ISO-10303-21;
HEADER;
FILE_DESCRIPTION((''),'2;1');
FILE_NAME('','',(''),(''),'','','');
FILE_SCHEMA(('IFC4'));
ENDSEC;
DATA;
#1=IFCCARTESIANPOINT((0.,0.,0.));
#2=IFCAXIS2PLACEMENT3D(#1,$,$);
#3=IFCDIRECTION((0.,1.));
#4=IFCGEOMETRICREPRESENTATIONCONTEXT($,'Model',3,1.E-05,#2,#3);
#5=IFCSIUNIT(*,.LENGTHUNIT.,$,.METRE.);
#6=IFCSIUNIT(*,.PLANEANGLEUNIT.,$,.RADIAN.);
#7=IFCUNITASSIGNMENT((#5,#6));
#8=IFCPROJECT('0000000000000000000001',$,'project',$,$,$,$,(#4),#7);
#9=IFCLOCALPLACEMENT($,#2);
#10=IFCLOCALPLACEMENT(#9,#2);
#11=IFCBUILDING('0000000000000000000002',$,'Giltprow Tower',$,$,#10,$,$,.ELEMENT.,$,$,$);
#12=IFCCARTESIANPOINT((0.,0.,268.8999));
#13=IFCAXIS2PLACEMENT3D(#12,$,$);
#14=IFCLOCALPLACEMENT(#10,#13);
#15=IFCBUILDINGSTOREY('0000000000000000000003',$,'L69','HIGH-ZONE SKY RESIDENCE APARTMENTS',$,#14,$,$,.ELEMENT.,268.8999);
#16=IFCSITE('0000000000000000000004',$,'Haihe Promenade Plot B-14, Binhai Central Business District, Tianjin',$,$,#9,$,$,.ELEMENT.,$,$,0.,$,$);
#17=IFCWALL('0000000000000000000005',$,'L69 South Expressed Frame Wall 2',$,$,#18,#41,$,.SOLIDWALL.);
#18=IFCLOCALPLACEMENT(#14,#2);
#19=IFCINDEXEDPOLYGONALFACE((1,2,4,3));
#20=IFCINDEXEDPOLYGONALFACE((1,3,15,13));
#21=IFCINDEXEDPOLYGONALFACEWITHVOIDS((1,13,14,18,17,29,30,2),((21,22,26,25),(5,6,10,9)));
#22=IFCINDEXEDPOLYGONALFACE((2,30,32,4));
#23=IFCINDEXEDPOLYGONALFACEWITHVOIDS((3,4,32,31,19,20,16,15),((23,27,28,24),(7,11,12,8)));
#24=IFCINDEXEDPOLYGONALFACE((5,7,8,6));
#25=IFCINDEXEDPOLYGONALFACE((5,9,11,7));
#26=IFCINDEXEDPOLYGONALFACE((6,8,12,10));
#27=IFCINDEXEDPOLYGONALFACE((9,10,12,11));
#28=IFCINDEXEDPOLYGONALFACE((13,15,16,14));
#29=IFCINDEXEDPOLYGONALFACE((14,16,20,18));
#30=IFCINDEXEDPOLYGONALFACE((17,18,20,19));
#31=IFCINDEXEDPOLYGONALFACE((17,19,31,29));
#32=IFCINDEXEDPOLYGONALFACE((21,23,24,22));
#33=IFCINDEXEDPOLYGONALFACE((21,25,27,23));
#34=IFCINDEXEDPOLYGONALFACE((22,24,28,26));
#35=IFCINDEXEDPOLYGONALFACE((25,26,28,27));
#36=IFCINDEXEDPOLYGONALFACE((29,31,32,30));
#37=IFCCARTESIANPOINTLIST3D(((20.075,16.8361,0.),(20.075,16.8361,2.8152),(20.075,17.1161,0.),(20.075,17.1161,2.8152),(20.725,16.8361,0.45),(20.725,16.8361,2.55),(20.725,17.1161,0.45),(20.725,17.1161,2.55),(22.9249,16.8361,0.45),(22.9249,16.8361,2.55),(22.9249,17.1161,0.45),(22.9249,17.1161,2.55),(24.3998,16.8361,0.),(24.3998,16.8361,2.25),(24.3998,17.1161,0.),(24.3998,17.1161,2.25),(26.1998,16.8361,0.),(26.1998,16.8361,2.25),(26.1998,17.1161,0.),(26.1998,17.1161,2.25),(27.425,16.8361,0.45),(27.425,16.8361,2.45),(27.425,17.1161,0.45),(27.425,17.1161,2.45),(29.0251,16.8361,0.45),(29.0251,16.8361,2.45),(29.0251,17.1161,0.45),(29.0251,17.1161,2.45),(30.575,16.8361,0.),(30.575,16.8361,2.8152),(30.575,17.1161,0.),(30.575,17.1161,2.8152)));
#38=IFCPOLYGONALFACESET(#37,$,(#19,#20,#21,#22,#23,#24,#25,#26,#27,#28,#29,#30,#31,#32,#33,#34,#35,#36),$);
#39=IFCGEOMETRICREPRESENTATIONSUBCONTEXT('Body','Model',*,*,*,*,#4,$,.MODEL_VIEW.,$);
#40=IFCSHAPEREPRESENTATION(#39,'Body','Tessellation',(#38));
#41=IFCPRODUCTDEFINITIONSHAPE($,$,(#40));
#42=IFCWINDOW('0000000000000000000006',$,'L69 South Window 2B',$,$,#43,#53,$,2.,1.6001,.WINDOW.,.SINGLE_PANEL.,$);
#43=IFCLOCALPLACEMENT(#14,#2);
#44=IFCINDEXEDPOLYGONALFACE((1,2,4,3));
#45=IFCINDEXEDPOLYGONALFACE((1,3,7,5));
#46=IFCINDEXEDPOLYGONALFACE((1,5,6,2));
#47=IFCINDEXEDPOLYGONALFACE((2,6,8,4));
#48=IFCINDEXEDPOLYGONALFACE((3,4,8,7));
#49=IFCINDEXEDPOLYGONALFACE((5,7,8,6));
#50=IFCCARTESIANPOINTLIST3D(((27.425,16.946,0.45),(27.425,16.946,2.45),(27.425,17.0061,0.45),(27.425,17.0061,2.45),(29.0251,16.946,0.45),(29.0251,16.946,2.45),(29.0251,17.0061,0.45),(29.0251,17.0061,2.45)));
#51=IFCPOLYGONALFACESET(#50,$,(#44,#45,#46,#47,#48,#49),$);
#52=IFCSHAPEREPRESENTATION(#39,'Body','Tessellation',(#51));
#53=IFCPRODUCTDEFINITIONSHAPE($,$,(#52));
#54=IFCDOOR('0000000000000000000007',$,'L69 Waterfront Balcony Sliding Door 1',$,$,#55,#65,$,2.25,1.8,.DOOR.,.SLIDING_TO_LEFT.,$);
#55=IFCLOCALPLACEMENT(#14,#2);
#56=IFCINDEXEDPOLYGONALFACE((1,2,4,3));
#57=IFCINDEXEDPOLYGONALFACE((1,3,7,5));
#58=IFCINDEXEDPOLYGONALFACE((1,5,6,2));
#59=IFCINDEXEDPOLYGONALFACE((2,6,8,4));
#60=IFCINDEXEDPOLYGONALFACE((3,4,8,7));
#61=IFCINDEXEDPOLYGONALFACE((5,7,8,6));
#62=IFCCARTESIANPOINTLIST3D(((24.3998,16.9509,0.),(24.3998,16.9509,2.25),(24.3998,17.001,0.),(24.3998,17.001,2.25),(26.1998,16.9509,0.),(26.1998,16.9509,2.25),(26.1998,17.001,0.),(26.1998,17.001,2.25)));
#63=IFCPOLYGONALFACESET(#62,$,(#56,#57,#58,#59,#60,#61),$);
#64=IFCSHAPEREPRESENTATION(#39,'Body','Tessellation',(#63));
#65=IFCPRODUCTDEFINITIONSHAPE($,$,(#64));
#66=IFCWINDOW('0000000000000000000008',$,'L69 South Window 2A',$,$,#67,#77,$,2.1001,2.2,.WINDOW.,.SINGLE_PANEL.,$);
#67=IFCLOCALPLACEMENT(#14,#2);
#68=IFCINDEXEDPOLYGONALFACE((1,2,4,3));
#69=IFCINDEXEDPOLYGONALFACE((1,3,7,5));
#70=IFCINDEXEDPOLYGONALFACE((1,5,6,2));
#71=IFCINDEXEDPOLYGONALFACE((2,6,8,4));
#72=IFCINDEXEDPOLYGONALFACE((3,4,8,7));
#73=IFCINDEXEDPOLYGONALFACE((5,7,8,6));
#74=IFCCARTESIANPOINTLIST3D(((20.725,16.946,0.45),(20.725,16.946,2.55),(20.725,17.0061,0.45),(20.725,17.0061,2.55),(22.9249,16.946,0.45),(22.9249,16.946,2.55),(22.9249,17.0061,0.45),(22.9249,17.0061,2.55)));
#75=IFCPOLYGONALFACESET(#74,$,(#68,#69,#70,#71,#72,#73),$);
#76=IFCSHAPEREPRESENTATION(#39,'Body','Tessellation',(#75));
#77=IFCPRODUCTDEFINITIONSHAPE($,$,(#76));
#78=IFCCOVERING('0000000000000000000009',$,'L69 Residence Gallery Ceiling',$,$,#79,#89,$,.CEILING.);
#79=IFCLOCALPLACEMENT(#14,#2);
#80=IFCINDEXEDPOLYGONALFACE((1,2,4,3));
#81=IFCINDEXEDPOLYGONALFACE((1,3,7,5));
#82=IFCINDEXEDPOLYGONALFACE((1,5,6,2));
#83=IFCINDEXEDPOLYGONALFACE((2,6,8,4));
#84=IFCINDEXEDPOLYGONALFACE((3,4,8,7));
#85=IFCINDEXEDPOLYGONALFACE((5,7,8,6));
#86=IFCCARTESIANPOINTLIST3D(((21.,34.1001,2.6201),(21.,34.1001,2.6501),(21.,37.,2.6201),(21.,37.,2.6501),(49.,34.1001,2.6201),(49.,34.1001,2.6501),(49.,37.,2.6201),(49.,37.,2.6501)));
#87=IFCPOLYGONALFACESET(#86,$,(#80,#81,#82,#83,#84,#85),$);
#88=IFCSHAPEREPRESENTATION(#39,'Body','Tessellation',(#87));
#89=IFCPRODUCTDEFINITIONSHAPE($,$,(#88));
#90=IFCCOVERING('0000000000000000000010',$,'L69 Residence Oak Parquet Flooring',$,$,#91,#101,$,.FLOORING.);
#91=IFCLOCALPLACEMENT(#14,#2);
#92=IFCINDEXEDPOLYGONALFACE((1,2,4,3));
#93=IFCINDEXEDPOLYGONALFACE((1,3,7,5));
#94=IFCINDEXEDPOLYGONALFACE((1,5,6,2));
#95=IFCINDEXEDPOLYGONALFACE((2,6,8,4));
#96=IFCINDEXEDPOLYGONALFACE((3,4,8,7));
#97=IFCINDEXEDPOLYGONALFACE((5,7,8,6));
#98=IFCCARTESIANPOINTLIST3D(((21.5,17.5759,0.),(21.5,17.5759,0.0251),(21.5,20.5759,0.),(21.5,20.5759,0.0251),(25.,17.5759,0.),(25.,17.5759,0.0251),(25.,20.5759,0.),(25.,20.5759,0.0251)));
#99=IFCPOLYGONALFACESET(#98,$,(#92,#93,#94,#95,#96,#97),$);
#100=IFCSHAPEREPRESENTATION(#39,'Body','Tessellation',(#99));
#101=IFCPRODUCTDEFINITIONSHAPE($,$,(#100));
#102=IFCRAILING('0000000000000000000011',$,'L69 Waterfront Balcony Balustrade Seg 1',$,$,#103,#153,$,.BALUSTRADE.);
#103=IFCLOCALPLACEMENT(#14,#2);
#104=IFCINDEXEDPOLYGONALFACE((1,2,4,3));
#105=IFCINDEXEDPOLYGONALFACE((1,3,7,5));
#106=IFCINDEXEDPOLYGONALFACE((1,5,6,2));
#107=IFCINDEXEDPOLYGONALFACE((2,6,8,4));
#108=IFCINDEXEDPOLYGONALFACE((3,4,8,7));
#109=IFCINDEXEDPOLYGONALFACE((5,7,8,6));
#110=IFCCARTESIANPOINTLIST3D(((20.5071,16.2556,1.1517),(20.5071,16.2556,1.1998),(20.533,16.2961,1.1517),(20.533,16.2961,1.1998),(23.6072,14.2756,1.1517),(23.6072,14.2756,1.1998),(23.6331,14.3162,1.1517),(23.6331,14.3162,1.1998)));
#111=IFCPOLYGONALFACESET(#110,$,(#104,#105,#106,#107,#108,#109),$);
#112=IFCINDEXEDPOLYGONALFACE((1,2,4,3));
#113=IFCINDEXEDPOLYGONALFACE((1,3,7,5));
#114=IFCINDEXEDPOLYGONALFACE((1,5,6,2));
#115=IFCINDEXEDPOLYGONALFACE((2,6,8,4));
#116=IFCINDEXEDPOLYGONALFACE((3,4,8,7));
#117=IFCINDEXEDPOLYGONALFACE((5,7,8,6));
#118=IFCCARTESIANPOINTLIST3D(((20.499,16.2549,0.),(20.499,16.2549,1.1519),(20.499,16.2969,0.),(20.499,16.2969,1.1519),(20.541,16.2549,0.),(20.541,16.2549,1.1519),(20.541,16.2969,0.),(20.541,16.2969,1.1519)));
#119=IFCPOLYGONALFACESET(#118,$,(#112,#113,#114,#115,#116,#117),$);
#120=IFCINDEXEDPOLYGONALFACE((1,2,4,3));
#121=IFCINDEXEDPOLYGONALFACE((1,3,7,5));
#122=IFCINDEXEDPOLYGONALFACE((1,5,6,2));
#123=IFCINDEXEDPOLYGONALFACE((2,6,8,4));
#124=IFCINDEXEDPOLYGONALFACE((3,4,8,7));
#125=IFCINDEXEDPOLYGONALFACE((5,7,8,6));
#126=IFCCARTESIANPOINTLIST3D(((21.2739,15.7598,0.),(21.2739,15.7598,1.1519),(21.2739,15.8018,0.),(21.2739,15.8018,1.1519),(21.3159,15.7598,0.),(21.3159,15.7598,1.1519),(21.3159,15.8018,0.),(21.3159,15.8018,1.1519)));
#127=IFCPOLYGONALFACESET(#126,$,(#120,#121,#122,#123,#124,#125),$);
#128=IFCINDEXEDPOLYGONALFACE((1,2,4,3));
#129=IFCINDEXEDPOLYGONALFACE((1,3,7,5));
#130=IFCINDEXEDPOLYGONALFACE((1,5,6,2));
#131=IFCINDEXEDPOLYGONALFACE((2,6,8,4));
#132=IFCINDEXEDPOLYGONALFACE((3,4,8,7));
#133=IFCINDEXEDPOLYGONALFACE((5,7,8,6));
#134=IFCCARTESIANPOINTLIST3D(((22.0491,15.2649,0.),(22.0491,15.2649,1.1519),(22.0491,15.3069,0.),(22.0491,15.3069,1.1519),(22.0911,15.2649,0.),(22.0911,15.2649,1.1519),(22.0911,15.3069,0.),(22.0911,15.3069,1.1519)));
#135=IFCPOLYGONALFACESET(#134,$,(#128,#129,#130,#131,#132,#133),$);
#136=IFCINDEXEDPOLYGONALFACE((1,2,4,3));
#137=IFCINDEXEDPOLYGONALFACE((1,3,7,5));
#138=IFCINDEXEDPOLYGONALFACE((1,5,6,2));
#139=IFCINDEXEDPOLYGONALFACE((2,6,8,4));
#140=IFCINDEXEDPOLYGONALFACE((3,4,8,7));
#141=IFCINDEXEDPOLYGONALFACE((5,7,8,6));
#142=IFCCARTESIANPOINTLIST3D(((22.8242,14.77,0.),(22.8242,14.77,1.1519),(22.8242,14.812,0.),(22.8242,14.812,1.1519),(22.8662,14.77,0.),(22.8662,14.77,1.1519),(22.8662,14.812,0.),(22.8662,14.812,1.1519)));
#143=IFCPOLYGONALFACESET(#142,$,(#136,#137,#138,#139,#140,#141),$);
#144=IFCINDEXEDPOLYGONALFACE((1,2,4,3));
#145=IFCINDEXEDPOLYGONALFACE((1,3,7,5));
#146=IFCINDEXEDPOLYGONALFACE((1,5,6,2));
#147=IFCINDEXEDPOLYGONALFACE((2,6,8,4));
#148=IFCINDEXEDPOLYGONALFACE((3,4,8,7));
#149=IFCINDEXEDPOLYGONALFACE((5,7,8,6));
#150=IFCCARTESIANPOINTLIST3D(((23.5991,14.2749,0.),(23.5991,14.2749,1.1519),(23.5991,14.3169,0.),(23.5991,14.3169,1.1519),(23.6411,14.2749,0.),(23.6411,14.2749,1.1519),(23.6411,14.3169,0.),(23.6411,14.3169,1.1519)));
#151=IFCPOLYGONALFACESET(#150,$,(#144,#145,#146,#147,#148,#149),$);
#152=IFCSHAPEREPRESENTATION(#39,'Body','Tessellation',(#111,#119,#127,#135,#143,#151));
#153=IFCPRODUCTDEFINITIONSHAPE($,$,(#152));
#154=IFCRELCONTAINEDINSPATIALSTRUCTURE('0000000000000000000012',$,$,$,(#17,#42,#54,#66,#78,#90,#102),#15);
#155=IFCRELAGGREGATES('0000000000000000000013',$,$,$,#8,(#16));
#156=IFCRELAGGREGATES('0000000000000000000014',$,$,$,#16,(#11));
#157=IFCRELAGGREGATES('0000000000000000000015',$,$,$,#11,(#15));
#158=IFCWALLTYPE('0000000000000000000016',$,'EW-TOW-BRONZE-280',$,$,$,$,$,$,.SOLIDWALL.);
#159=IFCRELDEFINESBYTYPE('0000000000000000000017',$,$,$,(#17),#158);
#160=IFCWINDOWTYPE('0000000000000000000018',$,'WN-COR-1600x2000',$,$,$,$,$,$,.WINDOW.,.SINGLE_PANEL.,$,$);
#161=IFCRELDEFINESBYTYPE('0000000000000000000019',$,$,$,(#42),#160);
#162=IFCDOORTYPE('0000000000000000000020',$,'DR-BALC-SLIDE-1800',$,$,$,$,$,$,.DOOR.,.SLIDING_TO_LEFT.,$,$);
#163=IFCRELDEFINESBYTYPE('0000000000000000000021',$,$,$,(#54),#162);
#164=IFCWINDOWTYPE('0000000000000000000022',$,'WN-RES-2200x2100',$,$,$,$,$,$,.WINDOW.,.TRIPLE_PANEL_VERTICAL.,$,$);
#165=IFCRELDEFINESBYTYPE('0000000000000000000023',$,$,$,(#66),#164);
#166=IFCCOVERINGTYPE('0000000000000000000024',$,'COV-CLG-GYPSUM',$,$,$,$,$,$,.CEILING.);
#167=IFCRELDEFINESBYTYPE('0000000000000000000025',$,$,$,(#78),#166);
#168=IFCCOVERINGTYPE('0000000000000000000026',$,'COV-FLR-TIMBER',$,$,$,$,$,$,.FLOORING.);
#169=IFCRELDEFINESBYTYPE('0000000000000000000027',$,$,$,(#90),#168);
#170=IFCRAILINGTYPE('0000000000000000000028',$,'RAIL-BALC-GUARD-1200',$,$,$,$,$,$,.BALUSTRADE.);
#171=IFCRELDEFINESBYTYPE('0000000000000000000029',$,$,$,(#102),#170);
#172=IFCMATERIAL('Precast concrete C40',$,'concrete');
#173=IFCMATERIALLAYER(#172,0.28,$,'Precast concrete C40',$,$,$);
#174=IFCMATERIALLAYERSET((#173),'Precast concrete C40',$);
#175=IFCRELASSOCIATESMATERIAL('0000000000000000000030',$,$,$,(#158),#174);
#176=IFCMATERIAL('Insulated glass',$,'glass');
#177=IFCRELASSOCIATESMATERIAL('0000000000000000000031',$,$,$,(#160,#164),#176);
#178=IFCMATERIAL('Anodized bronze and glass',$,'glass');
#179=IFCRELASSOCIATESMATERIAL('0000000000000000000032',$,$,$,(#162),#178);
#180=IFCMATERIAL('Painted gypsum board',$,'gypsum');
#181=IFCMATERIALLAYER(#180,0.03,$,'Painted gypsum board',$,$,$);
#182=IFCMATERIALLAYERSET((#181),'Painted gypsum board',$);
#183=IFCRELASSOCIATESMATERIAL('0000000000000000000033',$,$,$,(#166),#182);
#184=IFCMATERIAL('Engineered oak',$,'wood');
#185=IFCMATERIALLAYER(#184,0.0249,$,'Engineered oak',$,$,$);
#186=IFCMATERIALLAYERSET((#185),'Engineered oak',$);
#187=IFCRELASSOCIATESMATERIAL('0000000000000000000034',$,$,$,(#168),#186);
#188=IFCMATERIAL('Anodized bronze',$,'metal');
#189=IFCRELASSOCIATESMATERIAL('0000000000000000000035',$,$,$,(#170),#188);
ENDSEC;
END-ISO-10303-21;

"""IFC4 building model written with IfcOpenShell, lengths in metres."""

from ifc_helpers import new_model, si_unit, direction, frame, frame_2d, origin, origin_2d, place, context, subcontext, project, spatial, polyline, rectangle, outline, extrude, source, transform, mapped, material, layer, layer_set, type_object, element, fill, save


model = new_model("IFC4")

# Units and contexts
model_context = context("Model", 3, precision=1e-05, world=origin(), true_north=direction((0.0, 1.0)))
body_context = subcontext(model_context, "Body", "Model", "MODEL_VIEW")
ifc_project = project(units=[si_unit("LENGTHUNIT", "METRE"), si_unit("PLANEANGLEUNIT", "RADIAN")], contexts=[model_context])

# Site, building, storey
site_placement = place(None, origin())
site = spatial("IfcSite", under=ifc_project, at=site_placement, Name="Haihe Promenade Plot B-14, Binhai Central Business District, Tianjin", CompositionType="ELEMENT", RefElevation=0.0)
building_placement = place(site_placement, origin())
building = spatial("IfcBuilding", under=site, at=building_placement, Name="Giltprow Tower", CompositionType="ELEMENT")
storey_placement = place(building_placement, frame((0.0, 0.0, 268.8999)))
storey = spatial("IfcBuildingStorey", under=building, at=storey_placement, Name="L69", Description="HIGH-ZONE SKY RESIDENCE APARTMENTS", CompositionType="ELEMENT", Elevation=268.8999)

# Shared definitions
ifc_material_1 = material(Name="Anodized bronze", Category="metal")

# Shared definitions
ifc_material_2 = material(Name="Insulated glass", Category="glass")

# Wall, openings, windows, door
ifc_material_3 = material(Name="Precast concrete C40", Category="concrete")
ifc_layer_1 = layer(ifc_material_3, 0.28, Name="Precast concrete C40")
ifc_layer_set_1 = layer_set([ifc_layer_1], Name="Precast concrete C40")
wall_type = type_object("IfcWallType", Name="EW-TOW-BRONZE-280", PredefinedType="SOLIDWALL", material=ifc_layer_set_1)
wall_placement = place(storey_placement, frame((20.075, 16.9761, 0.0), z_axis=(0.0, 0.0, 1.0), x_axis=(1.0, 0.0, 0.0)))
wall = element("IfcWall", 1, at=wall_placement, inside=storey, type_object=wall_type, Name="L69 South Expressed Frame Wall 2", PredefinedType="SOLIDWALL", context=body_context, shape_type="SweptSolid", body=[
    extrude(rectangle(XDim=10.5, YDim=0.28, at=frame_2d((5.25, 0.0))), origin(), (0.0, 0.0, 1.0), 2.8152),
])
opening_1_placement = place(wall_placement, frame((4.325, 0.0, 0.0)))
opening_1 = element("IfcOpeningElement", 2, at=opening_1_placement, cuts=wall, PredefinedType="OPENING", context=body_context, shape_type="SweptSolid", body=[
    extrude(rectangle(XDim=1.8, YDim=2.25, at=frame_2d((0.8999, 1.125))), frame((0.0, 0.1499, 0.0), z_axis=(0.0, -1.0, 0.0), x_axis=(1.0, 0.0, 0.0)), (0.0, 0.0, 1.0), 0.3),
])
opening_2_placement = place(wall_placement, frame((0.6499, 0.0, 0.45)))
opening_2 = element("IfcOpeningElement", 3, at=opening_2_placement, cuts=wall, PredefinedType="OPENING", context=body_context, shape_type="SweptSolid", body=[
    extrude(rectangle(XDim=2.2, YDim=2.1001, at=frame_2d((1.1001, 1.05))), frame((0.0, 0.1499, 0.0), z_axis=(0.0, -1.0, 0.0), x_axis=(1.0, 0.0, 0.0)), (0.0, 0.0, 1.0), 0.3),
])
opening_3_placement = place(wall_placement, frame((7.3501, 0.0, 0.45)))
opening_3 = element("IfcOpeningElement", 4, at=opening_3_placement, cuts=wall, PredefinedType="OPENING", context=body_context, shape_type="SweptSolid", body=[
    extrude(rectangle(XDim=1.6001, YDim=2.0, at=frame_2d((0.8, 1.0))), frame((0.0, 0.1499, 0.0), z_axis=(0.0, -1.0, 0.0), x_axis=(1.0, 0.0, 0.0)), (0.0, 0.0, 1.0), 0.3),
])
window_type_1 = type_object("IfcWindowType", Name="WN-COR-1600x2000", PartitioningType="SINGLE_PANEL", PredefinedType="WINDOW", material=ifc_material_2)
shared_shape_1 = source(origin(), body_context, "Body", "SweptSolid", [
    extrude(rectangle(XDim=1.6001, YDim=2.0, at=frame_2d((0.8, 1.0))), frame((0.0, 0.03, 0.0), z_axis=(0.0, -1.0, 0.0), x_axis=(1.0, 0.0, 0.0)), (0.0, 0.0, 1.0), 0.0601),
])
window_1_placement = place(opening_3_placement, origin())
window_1 = element("IfcWindow", 5, at=window_1_placement, inside=storey, type_object=window_type_1, Name="L69 South Window 2B", OverallHeight=2.0, OverallWidth=1.6001, PartitioningType="SINGLE_PANEL", PredefinedType="WINDOW", context=body_context, shape_type="MappedRepresentation", body=[
    mapped(shared_shape_1, transform((0.0, 0.0, 0.0), x_axis=(1.0, 0.0, 0.0), y_axis=(0.0, 1.0, 0.0), z_axis=(0.0, 0.0, 1.0), scale=1.0)),
])
fill(opening_3, window_1)
ifc_material_4 = material(Name="Anodized bronze and glass", Category="glass")
door_type = type_object("IfcDoorType", Name="DR-BALC-SLIDE-1800", OperationType="SLIDING_TO_LEFT", PredefinedType="DOOR", material=ifc_material_4)
shared_shape_2 = source(origin(), body_context, "Body", "SweptSolid", [
    extrude(rectangle(XDim=1.8, YDim=2.25, at=frame_2d((0.8999, 1.125))), frame((0.0, 0.0249, 0.0), z_axis=(0.0, -1.0, 0.0), x_axis=(1.0, 0.0, 0.0)), (0.0, 0.0, 1.0), 0.05),
])
door_placement = place(opening_1_placement, origin())
door = element("IfcDoor", 6, at=door_placement, inside=storey, type_object=door_type, Name="L69 Waterfront Balcony Sliding Door 1", OperationType="SLIDING_TO_LEFT", OverallHeight=2.25, OverallWidth=1.8, PredefinedType="DOOR", context=body_context, shape_type="MappedRepresentation", body=[
    mapped(shared_shape_2, transform((0.0, 0.0, 0.0), x_axis=(1.0, 0.0, 0.0), y_axis=(0.0, 1.0, 0.0), z_axis=(0.0, 0.0, 1.0), scale=1.0)),
])
fill(opening_1, door)
window_type_2 = type_object("IfcWindowType", Name="WN-RES-2200x2100", PartitioningType="TRIPLE_PANEL_VERTICAL", PredefinedType="WINDOW", material=ifc_material_2)
shared_shape_3 = source(origin(), body_context, "Body", "SweptSolid", [
    extrude(rectangle(XDim=2.2, YDim=2.1001, at=frame_2d((1.1001, 1.05))), frame((0.0, 0.03, 0.0), z_axis=(0.0, -1.0, 0.0), x_axis=(1.0, 0.0, 0.0)), (0.0, 0.0, 1.0), 0.0601),
])
window_2_placement = place(opening_2_placement, origin())
window_2 = element("IfcWindow", 7, at=window_2_placement, inside=storey, type_object=window_type_2, Name="L69 South Window 2A", OverallHeight=2.1001, OverallWidth=2.2, PartitioningType="SINGLE_PANEL", PredefinedType="WINDOW", context=body_context, shape_type="MappedRepresentation", body=[
    mapped(shared_shape_3, transform((0.0, 0.0, 0.0), x_axis=(1.0, 0.0, 0.0), y_axis=(0.0, 1.0, 0.0), z_axis=(0.0, 0.0, 1.0), scale=1.0)),
])
fill(opening_2, window_2)

# Coverings
ifc_material_5 = material(Name="Painted gypsum board", Category="gypsum")
ifc_layer_2 = layer(ifc_material_5, 0.03, Name="Painted gypsum board")
ifc_layer_set_2 = layer_set([ifc_layer_2], Name="Painted gypsum board")
covering_type_1 = type_object("IfcCoveringType", Name="COV-CLG-GYPSUM", PredefinedType="CEILING", material=ifc_layer_set_2)
covering_1_placement = place(storey_placement, frame((0.0, 0.0, 2.6201)))
element("IfcCovering", 8, at=covering_1_placement, inside=storey, type_object=covering_type_1, Name="L69 Residence Gallery Ceiling", PredefinedType="CEILING", context=body_context, shape_type="SweptSolid", body=[
    extrude(outline(polyline([(21.0, 34.1001), (49.0, 34.1001), (49.0, 37.0), (21.0, 37.0), (21.0, 34.1001)])), origin(), (0.0, 0.0, 1.0), 0.03),
])
ifc_material_6 = material(Name="Engineered oak", Category="wood")
ifc_layer_3 = layer(ifc_material_6, 0.0249, Name="Engineered oak")
ifc_layer_set_3 = layer_set([ifc_layer_3], Name="Engineered oak")
covering_type_2 = type_object("IfcCoveringType", Name="COV-FLR-TIMBER", PredefinedType="FLOORING", material=ifc_layer_set_3)
covering_2_placement = place(storey_placement, origin())
element("IfcCovering", 9, at=covering_2_placement, inside=storey, type_object=covering_type_2, Name="L69 Residence Oak Parquet Flooring", PredefinedType="FLOORING", context=body_context, shape_type="SweptSolid", body=[
    extrude(outline(polyline([(21.5, 17.5759), (25.0, 17.5759), (25.0, 20.5759), (21.5, 20.5759), (21.5, 17.5759)])), origin(), (0.0, 0.0, 1.0), 0.0251),
])

# Railing
railing_type = type_object("IfcRailingType", Name="RAIL-BALC-GUARD-1200", PredefinedType="BALUSTRADE", material=ifc_material_1)
railing_1_placement = place(storey_placement, frame((20.52, 16.2759, 0.0)))
element("IfcRailing", 10, at=railing_1_placement, inside=storey, type_object=railing_type, Name="L69 Waterfront Balcony Balustrade Seg 1", PredefinedType="BALUSTRADE", context=body_context, shape_type="SweptSolid", body=[
    extrude(rectangle(XDim=0.0481, YDim=0.0481, at=origin_2d()), frame((0.0, 0.0, 1.1758), z_axis=(0.842775, -0.538266, 0.0), x_axis=(0.538266, 0.842775, 0.0)), (0.0, 0.0, 1.0), 3.6785),
    extrude(rectangle(XDim=0.042, YDim=0.042, at=origin_2d()), origin(), (0.0, 0.0, 1.0), 1.1519),
    extrude(rectangle(XDim=0.042, YDim=0.042, at=origin_2d()), frame((0.7749, -0.4951, 0.0)), (0.0, 0.0, 1.0), 1.1519),
    extrude(rectangle(XDim=0.042, YDim=0.042, at=origin_2d()), frame((1.55, -0.99, 0.0)), (0.0, 0.0, 1.0), 1.1519),
    extrude(rectangle(XDim=0.042, YDim=0.042, at=origin_2d()), frame((2.3252, -1.4849, 0.0)), (0.0, 0.0, 1.0), 1.1519),
    extrude(rectangle(XDim=0.042, YDim=0.042, at=origin_2d()), frame((3.1001, -1.98, 0.0)), (0.0, 0.0, 1.0), 1.1519),
])

save(model, "model.ifc")
